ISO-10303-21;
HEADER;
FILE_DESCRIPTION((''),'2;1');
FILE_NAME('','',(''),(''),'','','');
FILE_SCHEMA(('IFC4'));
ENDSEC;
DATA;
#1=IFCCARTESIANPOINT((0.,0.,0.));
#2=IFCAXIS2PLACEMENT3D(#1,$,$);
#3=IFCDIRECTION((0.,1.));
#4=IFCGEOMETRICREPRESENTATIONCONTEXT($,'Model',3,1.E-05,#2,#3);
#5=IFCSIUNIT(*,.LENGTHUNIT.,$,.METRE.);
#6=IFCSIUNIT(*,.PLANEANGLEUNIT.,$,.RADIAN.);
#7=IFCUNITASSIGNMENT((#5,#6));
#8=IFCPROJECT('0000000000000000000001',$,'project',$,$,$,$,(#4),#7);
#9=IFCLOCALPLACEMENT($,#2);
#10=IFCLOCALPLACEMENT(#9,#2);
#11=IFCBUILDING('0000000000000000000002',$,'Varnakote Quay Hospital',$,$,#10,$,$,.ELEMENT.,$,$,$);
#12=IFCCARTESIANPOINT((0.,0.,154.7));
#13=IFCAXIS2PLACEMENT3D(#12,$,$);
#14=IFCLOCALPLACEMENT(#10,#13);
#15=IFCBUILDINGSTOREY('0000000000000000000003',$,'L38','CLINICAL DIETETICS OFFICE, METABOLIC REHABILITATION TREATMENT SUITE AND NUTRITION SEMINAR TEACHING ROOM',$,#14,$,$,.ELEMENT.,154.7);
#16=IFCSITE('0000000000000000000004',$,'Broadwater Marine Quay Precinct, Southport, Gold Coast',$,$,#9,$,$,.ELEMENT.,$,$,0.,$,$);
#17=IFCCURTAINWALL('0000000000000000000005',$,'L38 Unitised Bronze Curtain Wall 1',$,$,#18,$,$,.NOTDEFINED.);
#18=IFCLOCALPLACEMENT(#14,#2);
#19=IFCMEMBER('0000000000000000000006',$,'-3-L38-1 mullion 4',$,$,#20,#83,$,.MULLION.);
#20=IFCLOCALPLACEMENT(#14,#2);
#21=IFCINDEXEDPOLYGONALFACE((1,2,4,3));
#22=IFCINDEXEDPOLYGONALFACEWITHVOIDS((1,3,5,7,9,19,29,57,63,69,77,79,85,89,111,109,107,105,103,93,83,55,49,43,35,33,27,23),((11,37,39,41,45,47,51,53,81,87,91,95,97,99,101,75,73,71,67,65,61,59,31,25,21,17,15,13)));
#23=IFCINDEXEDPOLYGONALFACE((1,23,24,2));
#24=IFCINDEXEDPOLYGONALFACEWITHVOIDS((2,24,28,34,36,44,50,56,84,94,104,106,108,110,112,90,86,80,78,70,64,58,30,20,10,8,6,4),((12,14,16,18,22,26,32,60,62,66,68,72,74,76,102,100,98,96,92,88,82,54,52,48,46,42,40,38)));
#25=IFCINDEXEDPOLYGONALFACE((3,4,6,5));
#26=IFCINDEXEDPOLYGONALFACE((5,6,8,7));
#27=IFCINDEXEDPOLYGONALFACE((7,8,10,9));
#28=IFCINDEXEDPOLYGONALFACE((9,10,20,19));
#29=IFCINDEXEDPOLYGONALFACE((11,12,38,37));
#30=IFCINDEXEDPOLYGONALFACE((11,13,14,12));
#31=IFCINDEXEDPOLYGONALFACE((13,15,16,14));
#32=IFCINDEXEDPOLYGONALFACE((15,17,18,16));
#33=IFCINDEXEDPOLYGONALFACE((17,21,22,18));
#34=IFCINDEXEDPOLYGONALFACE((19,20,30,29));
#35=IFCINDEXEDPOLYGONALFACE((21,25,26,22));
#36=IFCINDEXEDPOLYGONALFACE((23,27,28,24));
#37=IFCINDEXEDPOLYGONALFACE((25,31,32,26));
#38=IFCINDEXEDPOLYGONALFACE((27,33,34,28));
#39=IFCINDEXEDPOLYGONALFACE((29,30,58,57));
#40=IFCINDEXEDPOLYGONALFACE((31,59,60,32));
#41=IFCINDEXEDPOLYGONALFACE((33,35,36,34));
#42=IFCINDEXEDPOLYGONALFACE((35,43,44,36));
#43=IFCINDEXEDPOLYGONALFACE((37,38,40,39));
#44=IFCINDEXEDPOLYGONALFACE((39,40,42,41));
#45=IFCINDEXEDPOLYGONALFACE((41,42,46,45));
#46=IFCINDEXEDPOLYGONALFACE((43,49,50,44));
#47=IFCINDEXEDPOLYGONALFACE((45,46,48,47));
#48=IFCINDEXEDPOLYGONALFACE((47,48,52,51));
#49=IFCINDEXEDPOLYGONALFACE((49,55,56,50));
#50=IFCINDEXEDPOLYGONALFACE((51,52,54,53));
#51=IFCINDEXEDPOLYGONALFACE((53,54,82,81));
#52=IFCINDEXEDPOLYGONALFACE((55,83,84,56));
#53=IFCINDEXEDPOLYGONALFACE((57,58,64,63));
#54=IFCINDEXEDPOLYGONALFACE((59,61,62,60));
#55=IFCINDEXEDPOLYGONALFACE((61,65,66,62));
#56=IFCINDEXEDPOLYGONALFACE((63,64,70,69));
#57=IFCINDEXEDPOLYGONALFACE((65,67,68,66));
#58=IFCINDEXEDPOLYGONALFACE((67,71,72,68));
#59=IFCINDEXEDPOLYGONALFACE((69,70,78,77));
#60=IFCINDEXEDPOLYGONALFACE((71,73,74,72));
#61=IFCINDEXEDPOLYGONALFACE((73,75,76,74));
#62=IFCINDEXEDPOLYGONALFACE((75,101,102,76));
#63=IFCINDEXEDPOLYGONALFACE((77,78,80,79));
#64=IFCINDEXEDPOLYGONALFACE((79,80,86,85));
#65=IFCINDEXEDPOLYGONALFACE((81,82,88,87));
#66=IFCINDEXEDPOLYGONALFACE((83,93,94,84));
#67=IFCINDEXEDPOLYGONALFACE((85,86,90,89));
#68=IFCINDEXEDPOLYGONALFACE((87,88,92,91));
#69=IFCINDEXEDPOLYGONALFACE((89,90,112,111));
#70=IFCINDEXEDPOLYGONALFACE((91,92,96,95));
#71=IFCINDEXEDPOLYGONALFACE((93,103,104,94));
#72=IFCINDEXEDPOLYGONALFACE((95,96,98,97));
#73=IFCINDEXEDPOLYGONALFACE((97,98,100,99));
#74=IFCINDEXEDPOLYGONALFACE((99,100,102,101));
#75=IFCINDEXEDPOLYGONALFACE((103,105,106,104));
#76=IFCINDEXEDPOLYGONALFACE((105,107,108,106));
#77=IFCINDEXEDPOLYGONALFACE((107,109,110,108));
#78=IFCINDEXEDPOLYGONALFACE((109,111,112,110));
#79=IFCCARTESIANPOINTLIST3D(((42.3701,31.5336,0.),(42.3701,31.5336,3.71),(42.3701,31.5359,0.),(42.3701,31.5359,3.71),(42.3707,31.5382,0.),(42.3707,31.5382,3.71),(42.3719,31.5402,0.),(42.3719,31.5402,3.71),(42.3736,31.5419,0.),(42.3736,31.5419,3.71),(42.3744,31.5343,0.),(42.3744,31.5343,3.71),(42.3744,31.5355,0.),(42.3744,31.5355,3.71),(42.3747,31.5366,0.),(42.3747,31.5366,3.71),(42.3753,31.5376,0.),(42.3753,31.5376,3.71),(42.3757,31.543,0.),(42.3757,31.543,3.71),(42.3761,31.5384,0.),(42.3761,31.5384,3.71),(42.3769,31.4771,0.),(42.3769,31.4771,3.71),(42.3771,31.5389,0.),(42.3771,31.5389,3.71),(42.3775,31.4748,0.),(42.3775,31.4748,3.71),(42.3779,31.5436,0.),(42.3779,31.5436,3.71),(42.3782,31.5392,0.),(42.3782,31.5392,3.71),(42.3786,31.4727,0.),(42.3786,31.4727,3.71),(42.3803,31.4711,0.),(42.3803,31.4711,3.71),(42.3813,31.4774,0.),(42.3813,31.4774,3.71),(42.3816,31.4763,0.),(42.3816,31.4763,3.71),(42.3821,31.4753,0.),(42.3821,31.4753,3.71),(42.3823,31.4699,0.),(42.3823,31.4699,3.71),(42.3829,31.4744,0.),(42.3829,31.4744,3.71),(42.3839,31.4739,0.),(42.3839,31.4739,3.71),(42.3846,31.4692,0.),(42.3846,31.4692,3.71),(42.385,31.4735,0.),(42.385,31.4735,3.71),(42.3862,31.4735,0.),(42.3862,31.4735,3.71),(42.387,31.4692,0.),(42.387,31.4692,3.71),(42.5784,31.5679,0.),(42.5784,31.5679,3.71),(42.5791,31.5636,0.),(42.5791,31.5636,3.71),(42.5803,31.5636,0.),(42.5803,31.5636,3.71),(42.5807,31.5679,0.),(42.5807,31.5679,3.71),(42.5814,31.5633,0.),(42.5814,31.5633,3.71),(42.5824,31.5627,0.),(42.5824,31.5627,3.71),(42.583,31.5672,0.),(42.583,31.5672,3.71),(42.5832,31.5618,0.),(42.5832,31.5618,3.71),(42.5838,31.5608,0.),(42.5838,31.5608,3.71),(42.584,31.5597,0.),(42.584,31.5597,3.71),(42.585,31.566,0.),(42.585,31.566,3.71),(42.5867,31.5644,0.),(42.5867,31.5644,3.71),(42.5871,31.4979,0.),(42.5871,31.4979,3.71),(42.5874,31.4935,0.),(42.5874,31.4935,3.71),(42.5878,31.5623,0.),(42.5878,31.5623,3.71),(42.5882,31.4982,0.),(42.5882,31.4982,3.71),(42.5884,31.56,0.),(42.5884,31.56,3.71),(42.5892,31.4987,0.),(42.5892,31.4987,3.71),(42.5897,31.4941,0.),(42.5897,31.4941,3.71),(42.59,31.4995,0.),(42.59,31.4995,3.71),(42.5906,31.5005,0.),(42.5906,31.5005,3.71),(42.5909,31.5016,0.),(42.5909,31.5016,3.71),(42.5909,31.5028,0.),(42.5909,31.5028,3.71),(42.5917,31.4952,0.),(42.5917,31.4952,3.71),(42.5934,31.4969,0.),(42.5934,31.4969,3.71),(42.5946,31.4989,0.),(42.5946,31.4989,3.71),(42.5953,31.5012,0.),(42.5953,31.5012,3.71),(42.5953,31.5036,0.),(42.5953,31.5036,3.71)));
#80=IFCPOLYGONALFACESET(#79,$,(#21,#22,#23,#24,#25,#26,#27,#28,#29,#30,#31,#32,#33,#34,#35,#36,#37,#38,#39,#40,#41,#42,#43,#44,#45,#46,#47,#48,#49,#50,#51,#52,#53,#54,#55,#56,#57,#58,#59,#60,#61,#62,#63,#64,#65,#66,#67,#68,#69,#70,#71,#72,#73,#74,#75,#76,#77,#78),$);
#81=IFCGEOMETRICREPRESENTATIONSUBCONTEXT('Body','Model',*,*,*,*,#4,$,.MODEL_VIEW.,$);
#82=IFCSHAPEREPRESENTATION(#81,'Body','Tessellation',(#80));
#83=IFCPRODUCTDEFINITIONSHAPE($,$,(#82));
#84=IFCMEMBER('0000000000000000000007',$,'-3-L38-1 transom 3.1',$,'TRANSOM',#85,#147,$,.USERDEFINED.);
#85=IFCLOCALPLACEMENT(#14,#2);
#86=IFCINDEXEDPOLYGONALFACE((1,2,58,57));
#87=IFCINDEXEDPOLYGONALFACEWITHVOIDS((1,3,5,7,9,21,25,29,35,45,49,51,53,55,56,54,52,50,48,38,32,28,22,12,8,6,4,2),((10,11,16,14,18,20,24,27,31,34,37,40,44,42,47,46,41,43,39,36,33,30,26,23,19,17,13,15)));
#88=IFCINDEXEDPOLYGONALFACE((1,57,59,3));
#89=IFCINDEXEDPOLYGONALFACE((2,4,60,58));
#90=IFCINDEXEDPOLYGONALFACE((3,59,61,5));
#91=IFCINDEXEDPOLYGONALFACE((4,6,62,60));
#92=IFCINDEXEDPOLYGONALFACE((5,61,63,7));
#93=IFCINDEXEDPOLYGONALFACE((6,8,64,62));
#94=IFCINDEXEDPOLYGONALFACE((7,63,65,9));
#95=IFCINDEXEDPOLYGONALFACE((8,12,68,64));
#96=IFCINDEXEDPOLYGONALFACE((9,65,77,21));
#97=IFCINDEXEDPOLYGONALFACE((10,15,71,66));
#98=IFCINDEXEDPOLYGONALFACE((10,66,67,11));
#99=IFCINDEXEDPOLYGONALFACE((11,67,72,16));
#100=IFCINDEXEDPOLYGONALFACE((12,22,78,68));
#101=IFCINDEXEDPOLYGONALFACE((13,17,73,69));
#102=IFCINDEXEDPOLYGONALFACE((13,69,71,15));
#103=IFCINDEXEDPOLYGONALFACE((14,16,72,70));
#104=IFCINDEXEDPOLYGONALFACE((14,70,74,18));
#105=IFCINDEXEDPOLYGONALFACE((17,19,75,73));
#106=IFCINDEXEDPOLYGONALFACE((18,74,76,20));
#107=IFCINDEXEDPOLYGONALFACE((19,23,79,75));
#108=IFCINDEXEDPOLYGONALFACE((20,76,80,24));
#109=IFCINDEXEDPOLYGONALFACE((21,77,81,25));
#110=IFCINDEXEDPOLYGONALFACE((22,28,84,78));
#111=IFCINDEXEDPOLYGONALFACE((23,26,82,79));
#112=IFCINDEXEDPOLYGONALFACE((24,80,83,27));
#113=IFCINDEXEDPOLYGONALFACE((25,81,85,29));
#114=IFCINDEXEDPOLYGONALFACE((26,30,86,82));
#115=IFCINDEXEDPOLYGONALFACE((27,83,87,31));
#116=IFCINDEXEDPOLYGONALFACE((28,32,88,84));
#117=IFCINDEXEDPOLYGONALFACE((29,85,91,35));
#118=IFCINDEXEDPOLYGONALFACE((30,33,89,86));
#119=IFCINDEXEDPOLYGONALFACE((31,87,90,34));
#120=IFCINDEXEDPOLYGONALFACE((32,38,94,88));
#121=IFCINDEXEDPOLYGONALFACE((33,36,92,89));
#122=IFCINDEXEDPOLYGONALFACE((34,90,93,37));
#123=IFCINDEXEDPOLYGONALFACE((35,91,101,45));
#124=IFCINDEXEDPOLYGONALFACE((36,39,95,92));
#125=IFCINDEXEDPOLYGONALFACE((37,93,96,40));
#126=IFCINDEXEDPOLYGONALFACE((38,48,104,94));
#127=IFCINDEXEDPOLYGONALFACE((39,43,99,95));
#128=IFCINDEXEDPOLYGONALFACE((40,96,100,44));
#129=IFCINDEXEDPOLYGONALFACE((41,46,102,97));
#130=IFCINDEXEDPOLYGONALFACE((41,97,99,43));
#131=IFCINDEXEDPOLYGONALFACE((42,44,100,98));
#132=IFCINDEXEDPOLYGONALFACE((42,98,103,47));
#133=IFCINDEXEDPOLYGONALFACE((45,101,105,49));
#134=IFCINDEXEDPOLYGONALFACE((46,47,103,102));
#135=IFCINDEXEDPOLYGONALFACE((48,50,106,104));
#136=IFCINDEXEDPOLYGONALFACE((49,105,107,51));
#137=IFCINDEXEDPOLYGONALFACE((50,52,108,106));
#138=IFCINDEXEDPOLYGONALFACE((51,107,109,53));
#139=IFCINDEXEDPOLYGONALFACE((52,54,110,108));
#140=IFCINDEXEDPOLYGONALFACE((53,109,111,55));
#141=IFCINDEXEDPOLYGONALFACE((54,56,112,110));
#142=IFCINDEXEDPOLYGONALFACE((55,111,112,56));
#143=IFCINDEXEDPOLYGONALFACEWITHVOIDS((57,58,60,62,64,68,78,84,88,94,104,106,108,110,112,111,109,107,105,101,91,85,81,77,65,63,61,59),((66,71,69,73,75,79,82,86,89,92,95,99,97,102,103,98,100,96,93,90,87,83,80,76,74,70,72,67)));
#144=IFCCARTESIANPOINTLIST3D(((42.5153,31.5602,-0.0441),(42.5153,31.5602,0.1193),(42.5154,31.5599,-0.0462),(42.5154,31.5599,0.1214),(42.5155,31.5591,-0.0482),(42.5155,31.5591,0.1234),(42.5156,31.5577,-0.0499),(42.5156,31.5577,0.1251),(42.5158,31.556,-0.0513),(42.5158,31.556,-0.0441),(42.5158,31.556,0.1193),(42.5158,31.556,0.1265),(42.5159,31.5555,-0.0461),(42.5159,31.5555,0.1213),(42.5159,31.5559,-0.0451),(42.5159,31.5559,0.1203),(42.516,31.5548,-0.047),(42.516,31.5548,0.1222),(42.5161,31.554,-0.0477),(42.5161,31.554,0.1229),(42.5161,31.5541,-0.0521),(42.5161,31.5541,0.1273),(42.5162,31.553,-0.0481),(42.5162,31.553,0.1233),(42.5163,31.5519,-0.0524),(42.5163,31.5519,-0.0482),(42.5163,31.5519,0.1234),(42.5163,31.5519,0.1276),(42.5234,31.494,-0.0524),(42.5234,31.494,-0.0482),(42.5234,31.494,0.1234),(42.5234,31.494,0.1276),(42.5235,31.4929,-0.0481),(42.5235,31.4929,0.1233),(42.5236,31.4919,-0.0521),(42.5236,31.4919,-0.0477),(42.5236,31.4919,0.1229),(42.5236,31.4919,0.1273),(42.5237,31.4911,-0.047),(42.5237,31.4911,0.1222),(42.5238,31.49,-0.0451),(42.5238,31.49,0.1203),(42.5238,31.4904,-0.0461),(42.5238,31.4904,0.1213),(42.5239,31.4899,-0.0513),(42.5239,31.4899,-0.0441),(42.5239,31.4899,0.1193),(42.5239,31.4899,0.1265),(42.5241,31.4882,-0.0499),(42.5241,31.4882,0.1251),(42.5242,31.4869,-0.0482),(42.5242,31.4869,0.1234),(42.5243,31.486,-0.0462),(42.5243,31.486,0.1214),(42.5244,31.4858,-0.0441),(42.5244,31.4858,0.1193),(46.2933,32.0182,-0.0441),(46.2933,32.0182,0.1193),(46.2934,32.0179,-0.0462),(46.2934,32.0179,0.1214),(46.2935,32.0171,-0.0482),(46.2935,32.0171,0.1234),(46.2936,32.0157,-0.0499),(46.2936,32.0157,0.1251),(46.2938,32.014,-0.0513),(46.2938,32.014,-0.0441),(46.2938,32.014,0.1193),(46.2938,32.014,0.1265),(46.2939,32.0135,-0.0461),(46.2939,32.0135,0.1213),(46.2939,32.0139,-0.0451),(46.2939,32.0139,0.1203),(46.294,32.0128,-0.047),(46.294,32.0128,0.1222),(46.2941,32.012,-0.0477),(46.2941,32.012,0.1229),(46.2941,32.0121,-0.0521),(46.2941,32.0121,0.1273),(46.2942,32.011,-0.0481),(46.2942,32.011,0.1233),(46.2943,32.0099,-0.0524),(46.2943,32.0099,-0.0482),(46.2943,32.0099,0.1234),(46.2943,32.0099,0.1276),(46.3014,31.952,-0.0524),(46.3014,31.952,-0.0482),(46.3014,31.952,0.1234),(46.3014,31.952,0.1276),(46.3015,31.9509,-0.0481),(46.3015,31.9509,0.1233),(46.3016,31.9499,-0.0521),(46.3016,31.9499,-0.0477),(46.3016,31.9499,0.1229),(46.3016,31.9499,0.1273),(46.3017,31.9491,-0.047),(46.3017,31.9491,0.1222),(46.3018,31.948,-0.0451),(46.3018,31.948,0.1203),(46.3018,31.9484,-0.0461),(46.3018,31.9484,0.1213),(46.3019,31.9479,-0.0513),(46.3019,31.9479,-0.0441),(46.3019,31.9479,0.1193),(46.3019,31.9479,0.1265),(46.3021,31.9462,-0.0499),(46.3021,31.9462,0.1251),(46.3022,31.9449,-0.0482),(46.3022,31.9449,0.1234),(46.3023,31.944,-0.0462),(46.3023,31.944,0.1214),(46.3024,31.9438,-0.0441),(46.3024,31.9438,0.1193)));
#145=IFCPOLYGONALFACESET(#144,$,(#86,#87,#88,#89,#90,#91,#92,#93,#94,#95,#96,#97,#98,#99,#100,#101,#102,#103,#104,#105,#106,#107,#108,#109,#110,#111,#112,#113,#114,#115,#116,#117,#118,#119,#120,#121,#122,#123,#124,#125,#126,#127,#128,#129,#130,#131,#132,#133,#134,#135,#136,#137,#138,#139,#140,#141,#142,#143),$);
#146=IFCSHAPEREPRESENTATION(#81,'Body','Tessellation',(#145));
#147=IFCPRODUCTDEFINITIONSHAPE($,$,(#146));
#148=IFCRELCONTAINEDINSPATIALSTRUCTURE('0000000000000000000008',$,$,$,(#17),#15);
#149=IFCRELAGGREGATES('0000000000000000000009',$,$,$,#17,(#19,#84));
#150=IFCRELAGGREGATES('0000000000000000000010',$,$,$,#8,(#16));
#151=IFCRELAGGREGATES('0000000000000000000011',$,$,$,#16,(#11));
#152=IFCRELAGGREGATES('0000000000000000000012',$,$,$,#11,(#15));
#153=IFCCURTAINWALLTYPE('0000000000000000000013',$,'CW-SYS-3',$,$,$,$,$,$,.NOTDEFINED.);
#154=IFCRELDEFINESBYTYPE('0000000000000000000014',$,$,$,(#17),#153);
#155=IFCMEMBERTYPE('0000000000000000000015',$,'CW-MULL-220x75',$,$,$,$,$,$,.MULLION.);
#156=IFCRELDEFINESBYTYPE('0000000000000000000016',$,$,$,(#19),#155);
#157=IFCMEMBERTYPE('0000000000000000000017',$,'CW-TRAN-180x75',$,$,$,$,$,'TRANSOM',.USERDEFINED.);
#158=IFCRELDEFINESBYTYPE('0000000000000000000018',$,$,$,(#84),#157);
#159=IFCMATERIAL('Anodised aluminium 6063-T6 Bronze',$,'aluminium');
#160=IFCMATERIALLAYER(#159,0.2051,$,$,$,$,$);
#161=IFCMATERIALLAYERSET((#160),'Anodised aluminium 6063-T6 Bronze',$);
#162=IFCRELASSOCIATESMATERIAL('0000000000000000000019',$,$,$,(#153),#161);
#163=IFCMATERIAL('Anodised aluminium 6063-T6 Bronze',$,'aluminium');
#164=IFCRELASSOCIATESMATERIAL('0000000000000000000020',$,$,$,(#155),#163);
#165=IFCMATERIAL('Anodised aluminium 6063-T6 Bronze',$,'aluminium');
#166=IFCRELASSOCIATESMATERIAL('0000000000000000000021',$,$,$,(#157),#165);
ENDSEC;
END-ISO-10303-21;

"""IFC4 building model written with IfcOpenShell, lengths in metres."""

from ifc_helpers import new_model, si_unit, direction, frame, origin, origin_2d, place, context, subcontext, project, spatial, hollow_rectangle, extrude, material, layer, layer_set, material_profile, profile_set, type_object, element, aggregate, save


model = new_model("IFC4")

# Units and contexts
model_context = context("Model", 3, precision=1e-05, world=origin(), true_north=direction((0.0, 1.0)))
body_context = subcontext(model_context, "Body", "Model", "MODEL_VIEW")
ifc_project = project(units=[si_unit("LENGTHUNIT", "METRE"), si_unit("PLANEANGLEUNIT", "RADIAN")], contexts=[model_context])

# Site, building, storey
site_placement = place(None, origin())
site = spatial("IfcSite", under=ifc_project, at=site_placement, Name="Broadwater Marine Quay Precinct, Southport, Gold Coast", CompositionType="ELEMENT", RefElevation=0.0)
building_placement = place(site_placement, origin())
building = spatial("IfcBuilding", under=site, at=building_placement, Name="Varnakote Quay Hospital", CompositionType="ELEMENT")
storey_placement = place(building_placement, frame((0.0, 0.0, 154.7)))
storey = spatial("IfcBuildingStorey", under=building, at=storey_placement, Name="L38", Description="CLINICAL DIETETICS OFFICE, METABOLIC REHABILITATION TREATMENT SUITE AND NUTRITION SEMINAR TEACHING ROOM", CompositionType="ELEMENT", Elevation=154.7)

# Curtain wall, members
ifc_material_1 = material(Name="Anodised aluminium 6063-T6 Bronze", Category="aluminium")
ifc_layer_1 = layer(ifc_material_1, 0.2051)
ifc_layer_set_1 = layer_set([ifc_layer_1], Name="Anodised aluminium 6063-T6 Bronze")
curtain_wall_type = type_object("IfcCurtainWallType", Name="CW-SYS-3", PredefinedType="NOTDEFINED", material=ifc_layer_set_1)
curtain_wall_placement = place(storey_placement, origin())
curtain_wall = element("IfcCurtainWall", 1, at=curtain_wall_placement, inside=storey, type_object=curtain_wall_type, Name="L38 Unitised Bronze Curtain Wall 1", PredefinedType="NOTDEFINED")
ifc_material_2 = material(Name="Anodised aluminium 6063-T6 Bronze", Category="aluminium")
ifc_material_profile_1 = material_profile(ifc_material_2, hollow_rectangle(XDim=0.075, YDim=0.22, WallThickness=0.0044, InnerFilletRadius=0.0044, OuterFilletRadius=0.009, at=origin_2d()), Name="CW-MULL-220x75")
ifc_profile_set_1 = profile_set([ifc_material_profile_1], Name="Anodised aluminium 6063-T6 Bronze")
member_type_1 = type_object("IfcMemberType", Name="CW-MULL-220x75", PredefinedType="MULLION", material=ifc_profile_set_1)
member_1_placement = place(storey_placement, frame((42.4827, 31.5186, 0.0), z_axis=(0.0, 0.0, 1.0), x_axis=(0.120327, -0.992734, 0.0)))
member_1 = element("IfcMember", 2, at=member_1_placement, type_object=member_type_1, Name="-3-L38-1 mullion 4", PredefinedType="MULLION", context=body_context, shape_type="SweptSolid", body=[
    extrude(hollow_rectangle(XDim=0.075, YDim=0.22, WallThickness=0.0044, InnerFilletRadius=0.0044, OuterFilletRadius=0.009, at=origin_2d()), origin(), (0.0, 0.0, 1.0), 3.71),
])
ifc_material_3 = material(Name="Anodised aluminium 6063-T6 Bronze", Category="aluminium")
ifc_material_profile_2 = material_profile(ifc_material_3, hollow_rectangle(XDim=0.075, YDim=0.1799, WallThickness=0.0042, InnerFilletRadius=0.0042, OuterFilletRadius=0.0083, at=origin_2d()), Name="CW-TRAN-180x75")
ifc_profile_set_2 = profile_set([ifc_material_profile_2], Name="Anodised aluminium 6063-T6 Bronze")
member_type_2 = type_object("IfcMemberType", Name="CW-TRAN-180x75", ElementType="TRANSOM", PredefinedType="USERDEFINED", material=ifc_profile_set_2)
member_2_placement = place(storey_placement, frame((46.2979, 31.981, 0.0376), z_axis=(-0.992732, -0.120347, 0.0), x_axis=(0.120347, -0.992732, 0.0)))
member_2 = element("IfcMember", 3, at=member_2_placement, type_object=member_type_2, Name="-3-L38-1 transom 3.1", ObjectType="TRANSOM", PredefinedType="USERDEFINED", context=body_context, shape_type="SweptSolid", body=[
    extrude(hollow_rectangle(XDim=0.075, YDim=0.1799, WallThickness=0.0042, InnerFilletRadius=0.0042, OuterFilletRadius=0.0083, at=origin_2d()), origin(), (0.0, 0.0, 1.0), 3.8057),
])

aggregate(curtain_wall, [member_1, member_2])

save(model, "model.ifc")
